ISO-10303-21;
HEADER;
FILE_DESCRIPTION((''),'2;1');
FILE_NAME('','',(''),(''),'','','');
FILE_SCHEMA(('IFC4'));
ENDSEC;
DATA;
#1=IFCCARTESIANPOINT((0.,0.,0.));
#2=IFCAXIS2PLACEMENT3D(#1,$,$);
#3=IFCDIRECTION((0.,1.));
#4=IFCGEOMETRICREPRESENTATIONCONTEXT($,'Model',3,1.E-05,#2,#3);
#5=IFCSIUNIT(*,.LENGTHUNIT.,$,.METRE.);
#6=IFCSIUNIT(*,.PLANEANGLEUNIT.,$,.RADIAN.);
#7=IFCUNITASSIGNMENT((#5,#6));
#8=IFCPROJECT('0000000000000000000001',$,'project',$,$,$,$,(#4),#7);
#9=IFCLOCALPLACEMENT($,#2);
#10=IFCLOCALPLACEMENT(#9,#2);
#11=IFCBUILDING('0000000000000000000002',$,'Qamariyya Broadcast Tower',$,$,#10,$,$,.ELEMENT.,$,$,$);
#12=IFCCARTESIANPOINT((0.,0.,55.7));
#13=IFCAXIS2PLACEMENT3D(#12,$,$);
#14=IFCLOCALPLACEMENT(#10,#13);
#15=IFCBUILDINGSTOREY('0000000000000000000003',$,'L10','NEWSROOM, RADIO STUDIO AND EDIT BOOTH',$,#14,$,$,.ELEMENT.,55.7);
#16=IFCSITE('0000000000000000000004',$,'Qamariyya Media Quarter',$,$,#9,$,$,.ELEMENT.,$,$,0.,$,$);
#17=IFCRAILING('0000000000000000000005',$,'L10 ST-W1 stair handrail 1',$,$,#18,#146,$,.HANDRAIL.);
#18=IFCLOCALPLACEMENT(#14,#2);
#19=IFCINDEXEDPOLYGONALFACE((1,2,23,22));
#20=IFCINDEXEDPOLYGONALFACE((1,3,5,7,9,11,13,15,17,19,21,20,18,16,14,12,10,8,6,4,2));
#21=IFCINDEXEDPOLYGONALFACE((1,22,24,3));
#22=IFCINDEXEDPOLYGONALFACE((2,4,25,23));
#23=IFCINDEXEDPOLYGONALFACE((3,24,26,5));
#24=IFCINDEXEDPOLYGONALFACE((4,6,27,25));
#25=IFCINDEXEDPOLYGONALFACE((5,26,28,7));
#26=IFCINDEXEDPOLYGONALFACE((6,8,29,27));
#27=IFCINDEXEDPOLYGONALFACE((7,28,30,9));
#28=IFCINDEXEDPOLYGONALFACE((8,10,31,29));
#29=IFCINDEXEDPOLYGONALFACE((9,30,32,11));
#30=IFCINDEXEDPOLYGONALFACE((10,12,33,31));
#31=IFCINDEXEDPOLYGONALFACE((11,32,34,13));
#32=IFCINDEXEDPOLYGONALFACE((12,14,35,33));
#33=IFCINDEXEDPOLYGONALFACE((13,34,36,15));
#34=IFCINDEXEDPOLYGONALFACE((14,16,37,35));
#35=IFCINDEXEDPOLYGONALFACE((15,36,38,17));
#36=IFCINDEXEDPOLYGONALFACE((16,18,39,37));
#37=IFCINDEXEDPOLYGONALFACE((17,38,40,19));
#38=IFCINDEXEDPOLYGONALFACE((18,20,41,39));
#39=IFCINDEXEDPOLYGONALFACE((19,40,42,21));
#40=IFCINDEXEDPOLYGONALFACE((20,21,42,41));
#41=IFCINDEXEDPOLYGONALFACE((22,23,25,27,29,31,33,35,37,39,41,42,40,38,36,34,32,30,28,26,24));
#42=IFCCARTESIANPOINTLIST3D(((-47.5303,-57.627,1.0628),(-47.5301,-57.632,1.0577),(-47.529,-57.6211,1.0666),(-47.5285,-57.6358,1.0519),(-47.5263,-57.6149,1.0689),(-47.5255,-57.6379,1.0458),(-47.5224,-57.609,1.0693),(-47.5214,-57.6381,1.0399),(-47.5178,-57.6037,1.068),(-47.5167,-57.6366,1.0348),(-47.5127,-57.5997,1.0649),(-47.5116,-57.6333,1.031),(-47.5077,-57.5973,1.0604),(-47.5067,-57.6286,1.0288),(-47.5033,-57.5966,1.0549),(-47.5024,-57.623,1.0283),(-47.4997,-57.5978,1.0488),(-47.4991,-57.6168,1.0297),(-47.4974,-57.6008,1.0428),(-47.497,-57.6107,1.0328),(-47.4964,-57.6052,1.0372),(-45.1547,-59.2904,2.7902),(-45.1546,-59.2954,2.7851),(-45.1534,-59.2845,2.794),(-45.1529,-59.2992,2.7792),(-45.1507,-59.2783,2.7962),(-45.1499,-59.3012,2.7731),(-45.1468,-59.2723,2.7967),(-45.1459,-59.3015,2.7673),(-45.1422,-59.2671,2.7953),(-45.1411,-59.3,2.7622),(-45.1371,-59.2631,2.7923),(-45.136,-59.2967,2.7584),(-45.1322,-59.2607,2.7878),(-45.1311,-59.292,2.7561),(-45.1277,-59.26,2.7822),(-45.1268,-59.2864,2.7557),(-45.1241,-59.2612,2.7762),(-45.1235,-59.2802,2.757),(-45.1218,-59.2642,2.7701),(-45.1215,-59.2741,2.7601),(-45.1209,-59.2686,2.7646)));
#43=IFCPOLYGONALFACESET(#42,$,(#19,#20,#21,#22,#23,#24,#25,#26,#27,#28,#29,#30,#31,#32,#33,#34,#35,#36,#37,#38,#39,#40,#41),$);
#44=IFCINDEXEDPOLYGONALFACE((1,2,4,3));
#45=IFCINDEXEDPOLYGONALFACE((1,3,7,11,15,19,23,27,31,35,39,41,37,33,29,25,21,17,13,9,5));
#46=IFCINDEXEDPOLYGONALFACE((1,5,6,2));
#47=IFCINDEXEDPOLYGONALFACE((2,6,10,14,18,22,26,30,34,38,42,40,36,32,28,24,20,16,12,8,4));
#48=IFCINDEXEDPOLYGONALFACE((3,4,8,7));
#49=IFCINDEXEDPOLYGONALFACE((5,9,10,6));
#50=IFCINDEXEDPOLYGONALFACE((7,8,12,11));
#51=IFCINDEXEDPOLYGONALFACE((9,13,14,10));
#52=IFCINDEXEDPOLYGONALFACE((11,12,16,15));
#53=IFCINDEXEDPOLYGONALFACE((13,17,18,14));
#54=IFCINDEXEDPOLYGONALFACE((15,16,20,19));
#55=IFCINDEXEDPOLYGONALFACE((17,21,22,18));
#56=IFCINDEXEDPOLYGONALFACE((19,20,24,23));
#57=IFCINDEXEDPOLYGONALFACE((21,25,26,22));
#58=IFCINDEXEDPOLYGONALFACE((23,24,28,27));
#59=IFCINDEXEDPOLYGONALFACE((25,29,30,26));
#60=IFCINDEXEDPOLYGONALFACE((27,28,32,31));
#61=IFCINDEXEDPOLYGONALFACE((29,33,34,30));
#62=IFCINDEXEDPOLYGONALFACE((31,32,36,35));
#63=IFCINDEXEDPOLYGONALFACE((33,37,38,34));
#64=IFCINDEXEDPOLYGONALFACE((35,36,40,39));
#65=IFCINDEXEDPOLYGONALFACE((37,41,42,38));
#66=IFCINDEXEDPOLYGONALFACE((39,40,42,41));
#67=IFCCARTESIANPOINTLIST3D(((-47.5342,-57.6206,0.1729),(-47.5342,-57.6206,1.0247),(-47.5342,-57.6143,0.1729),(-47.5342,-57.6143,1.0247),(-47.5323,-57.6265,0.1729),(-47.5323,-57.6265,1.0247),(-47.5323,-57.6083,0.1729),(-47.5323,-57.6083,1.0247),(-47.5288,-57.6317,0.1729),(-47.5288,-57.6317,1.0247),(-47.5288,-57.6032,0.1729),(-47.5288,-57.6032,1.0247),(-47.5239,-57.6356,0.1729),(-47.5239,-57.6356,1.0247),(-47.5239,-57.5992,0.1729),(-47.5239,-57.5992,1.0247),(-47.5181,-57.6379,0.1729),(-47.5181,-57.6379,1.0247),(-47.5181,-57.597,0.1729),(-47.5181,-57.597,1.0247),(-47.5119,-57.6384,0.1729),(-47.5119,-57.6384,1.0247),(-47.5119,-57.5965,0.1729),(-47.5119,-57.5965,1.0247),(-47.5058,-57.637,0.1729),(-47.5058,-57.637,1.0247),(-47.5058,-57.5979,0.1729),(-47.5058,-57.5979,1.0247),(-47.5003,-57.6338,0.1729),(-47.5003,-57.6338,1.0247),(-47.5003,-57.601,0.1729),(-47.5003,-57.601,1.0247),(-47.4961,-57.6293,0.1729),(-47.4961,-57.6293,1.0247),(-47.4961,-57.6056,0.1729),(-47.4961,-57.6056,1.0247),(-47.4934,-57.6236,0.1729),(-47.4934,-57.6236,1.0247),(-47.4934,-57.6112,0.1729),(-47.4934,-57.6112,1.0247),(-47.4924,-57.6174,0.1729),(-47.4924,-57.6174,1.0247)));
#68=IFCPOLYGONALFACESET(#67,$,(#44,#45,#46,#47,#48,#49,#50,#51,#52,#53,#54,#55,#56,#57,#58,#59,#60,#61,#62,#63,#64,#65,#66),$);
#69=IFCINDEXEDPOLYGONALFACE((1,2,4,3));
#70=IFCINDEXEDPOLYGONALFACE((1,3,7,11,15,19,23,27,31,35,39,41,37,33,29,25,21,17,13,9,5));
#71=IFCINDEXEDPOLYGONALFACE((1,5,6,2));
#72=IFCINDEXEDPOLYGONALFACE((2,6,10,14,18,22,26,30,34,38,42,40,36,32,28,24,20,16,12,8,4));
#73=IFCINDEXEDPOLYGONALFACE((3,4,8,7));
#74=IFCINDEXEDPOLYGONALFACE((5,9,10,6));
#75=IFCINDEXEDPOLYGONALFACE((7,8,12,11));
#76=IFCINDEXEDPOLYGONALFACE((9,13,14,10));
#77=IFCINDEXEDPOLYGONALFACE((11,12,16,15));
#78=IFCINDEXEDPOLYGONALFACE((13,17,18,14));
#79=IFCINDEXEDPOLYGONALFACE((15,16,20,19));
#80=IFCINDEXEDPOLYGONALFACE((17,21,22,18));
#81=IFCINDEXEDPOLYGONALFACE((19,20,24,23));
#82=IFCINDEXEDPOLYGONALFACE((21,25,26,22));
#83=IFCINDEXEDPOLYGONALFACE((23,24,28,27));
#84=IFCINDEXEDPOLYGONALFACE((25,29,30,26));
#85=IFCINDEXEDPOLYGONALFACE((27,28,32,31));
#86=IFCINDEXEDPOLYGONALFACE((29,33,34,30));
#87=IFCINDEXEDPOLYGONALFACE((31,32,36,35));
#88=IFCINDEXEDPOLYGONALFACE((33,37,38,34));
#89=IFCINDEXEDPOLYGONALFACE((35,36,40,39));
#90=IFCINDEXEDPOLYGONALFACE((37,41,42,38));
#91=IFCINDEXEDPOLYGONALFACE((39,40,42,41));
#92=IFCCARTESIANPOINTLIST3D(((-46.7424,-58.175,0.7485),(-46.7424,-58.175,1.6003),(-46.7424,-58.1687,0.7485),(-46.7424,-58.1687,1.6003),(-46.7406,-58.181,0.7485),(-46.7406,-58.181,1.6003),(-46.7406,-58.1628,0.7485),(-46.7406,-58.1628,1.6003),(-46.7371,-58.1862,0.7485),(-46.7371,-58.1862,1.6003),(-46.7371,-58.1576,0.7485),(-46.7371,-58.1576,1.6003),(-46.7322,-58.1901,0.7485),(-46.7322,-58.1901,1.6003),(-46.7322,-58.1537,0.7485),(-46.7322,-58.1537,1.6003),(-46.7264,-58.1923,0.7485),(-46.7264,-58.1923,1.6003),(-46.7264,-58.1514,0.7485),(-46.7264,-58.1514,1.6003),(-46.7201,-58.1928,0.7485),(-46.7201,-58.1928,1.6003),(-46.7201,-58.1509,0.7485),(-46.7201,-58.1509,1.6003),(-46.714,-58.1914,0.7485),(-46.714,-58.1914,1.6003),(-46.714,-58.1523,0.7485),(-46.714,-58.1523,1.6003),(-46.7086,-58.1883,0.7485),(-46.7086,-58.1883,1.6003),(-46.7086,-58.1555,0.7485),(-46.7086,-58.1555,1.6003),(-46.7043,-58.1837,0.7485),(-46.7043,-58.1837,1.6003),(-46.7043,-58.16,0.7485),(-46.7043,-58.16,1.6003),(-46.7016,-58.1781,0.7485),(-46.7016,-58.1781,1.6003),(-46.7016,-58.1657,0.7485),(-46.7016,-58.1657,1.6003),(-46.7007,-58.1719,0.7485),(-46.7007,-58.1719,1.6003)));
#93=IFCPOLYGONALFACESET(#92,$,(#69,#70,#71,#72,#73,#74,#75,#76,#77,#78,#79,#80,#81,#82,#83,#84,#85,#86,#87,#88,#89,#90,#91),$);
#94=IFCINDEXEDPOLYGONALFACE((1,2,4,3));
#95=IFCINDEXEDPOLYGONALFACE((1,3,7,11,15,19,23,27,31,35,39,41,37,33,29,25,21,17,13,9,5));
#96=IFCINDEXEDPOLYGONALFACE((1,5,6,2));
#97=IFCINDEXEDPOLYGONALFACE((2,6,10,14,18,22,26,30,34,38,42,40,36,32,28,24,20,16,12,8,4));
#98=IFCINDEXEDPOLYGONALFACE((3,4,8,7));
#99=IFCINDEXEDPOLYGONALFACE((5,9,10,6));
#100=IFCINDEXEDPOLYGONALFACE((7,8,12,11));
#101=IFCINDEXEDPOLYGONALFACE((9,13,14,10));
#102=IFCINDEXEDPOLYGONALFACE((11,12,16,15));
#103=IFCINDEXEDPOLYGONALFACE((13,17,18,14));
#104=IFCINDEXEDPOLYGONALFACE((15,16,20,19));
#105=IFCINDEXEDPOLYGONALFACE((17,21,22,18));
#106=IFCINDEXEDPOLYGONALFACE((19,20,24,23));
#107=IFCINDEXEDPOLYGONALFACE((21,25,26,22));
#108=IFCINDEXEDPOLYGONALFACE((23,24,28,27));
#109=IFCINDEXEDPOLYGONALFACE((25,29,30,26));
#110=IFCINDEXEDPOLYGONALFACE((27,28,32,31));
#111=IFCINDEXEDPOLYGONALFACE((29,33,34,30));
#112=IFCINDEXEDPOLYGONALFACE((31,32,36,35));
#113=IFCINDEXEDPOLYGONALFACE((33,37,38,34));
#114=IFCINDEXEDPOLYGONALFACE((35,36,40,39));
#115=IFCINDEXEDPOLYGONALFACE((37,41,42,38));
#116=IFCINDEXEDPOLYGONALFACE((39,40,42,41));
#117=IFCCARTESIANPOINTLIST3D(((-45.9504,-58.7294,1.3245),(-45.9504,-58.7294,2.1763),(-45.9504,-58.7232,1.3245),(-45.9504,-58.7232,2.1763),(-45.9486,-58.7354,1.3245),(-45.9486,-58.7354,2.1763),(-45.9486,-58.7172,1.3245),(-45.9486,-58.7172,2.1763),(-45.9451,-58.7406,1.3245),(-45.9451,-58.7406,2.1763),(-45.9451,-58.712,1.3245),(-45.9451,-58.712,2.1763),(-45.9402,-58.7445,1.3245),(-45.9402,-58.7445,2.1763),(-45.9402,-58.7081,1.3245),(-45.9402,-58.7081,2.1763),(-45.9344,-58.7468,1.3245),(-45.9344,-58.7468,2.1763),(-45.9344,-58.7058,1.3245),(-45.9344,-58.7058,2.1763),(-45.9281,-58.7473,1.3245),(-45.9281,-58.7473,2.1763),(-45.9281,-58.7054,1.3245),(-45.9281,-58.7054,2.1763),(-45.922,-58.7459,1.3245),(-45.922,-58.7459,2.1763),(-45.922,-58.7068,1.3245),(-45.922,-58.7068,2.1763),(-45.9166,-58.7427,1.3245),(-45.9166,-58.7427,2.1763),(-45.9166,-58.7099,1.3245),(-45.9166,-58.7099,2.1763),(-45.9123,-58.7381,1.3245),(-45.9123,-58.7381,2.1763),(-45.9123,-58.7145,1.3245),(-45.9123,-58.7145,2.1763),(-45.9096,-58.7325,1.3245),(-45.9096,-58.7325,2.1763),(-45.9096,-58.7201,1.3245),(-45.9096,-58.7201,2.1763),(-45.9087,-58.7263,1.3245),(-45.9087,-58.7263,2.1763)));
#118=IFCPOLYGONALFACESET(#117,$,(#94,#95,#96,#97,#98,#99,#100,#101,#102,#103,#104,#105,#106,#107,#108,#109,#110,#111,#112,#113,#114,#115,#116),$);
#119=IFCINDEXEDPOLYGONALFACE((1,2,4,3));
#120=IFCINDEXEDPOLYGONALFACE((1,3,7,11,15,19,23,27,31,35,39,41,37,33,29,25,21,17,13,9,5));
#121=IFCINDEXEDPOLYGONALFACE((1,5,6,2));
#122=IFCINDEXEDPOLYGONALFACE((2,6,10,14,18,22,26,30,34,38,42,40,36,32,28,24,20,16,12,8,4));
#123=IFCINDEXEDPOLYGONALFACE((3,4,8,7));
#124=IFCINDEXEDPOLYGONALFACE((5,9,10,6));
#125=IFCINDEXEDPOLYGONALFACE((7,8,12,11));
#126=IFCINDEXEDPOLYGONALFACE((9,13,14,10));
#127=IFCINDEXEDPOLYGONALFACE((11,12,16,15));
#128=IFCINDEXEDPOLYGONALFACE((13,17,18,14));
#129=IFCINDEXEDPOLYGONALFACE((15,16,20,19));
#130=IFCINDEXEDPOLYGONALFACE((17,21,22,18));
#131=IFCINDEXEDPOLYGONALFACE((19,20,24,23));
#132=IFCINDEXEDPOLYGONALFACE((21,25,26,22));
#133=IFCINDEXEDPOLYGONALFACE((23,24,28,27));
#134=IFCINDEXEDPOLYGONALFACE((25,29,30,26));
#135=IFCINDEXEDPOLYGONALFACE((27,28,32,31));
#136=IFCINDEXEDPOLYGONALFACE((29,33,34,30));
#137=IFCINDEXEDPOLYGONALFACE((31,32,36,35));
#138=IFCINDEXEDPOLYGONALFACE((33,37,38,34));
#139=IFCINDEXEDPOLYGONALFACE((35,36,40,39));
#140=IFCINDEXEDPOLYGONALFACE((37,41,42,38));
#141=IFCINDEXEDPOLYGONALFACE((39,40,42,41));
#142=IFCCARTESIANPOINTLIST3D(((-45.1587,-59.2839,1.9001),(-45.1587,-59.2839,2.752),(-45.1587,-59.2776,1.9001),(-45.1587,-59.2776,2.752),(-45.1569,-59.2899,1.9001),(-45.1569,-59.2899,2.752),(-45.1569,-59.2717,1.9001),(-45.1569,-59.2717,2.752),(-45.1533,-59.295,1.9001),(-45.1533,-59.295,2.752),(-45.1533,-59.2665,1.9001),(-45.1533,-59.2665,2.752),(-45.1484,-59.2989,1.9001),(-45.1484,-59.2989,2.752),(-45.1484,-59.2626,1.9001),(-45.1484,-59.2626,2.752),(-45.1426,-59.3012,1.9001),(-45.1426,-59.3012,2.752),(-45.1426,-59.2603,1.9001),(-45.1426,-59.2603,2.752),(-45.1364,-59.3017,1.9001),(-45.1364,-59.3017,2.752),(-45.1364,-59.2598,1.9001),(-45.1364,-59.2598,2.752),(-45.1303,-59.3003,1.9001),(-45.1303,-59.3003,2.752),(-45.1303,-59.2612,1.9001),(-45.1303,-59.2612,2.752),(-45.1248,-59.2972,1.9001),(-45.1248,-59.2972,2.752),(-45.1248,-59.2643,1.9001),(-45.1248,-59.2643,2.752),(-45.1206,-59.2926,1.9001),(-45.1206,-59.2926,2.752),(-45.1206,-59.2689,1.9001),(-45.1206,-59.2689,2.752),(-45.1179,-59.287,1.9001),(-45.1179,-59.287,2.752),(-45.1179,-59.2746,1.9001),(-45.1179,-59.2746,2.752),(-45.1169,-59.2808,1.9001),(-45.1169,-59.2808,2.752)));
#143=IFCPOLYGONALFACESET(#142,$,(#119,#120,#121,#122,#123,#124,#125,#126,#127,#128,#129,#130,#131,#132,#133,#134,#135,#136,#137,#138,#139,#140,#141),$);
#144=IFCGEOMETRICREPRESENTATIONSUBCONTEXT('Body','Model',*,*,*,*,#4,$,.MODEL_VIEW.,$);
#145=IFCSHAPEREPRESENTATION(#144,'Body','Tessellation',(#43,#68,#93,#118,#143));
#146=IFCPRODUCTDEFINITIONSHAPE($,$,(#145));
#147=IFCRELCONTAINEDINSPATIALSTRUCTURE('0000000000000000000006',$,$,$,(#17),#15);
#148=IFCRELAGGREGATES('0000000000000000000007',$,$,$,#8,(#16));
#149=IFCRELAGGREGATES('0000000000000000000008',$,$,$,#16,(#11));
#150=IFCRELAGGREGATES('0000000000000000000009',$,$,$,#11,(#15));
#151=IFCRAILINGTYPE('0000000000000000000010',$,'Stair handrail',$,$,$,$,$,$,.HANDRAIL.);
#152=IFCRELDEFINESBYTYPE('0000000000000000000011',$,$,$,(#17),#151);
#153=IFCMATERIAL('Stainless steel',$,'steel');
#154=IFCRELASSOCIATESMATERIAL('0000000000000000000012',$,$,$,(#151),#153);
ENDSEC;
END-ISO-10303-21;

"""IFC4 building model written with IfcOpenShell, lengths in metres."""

from ifc_helpers import new_model, si_unit, direction, frame, origin, origin_2d, place, context, subcontext, project, spatial, circle, extrude, material, type_object, element, save


model = new_model("IFC4")

# Units and contexts
model_context = context("Model", 3, precision=1e-05, world=origin(), true_north=direction((0.0, 1.0)))
body_context = subcontext(model_context, "Body", "Model", "MODEL_VIEW")
ifc_project = project(units=[si_unit("LENGTHUNIT", "METRE"), si_unit("PLANEANGLEUNIT", "RADIAN")], contexts=[model_context])

# Site, building, storey
site_placement = place(None, origin())
site = spatial("IfcSite", under=ifc_project, at=site_placement, Name="Qamariyya Media Quarter", CompositionType="ELEMENT", RefElevation=0.0)
building_placement = place(site_placement, origin())
building = spatial("IfcBuilding", under=site, at=building_placement, Name="Qamariyya Broadcast Tower", CompositionType="ELEMENT")
storey_placement = place(building_placement, frame((0.0, 0.0, 55.7)))
storey = spatial("IfcBuildingStorey", under=building, at=storey_placement, Name="L10", Description="NEWSROOM, RADIO STUDIO AND EDIT BOOTH", CompositionType="ELEMENT", Elevation=55.7)

# Railing
ifc_material_1 = material(Name="Stainless steel", Category="steel")
railing_type_1 = type_object("IfcRailingType", Name="Stair handrail", PredefinedType="HANDRAIL", material=ifc_material_1)
railing_1_placement = place(storey_placement, frame((-47.5134, -57.6174, 0.1729)))
element("IfcRailing", 1, at=railing_1_placement, inside=storey, type_object=railing_type_1, Name="L10 ST-W1 stair handrail 1", PredefinedType="HANDRAIL", context=body_context, shape_type="SweptSolid", body=[
    extrude(circle(Radius=0.0239, at=origin_2d()), frame((0.0, 0.0, 0.876), z_axis=(0.70377, -0.492784, 0.511734), x_axis=(0.573575, 0.819153, 0.0)), (0.0, 0.0, 1.0), 3.3755),
    extrude(circle(Radius=0.021, at=origin_2d()), origin(), (0.0, 0.0, 1.0), 0.8518),
    extrude(circle(Radius=0.021, at=origin_2d()), frame((0.7917, -0.5544, 0.5757)), (0.0, 0.0, 1.0), 0.8518),
    extrude(circle(Radius=0.021, at=origin_2d()), frame((1.5837, -1.1089, 1.1516)), (0.0, 0.0, 1.0), 0.8518),
    extrude(circle(Radius=0.021, at=origin_2d()), frame((2.3755, -1.6633, 1.7273)), (0.0, 0.0, 1.0), 0.8518),
])

save(model, "model.ifc")
